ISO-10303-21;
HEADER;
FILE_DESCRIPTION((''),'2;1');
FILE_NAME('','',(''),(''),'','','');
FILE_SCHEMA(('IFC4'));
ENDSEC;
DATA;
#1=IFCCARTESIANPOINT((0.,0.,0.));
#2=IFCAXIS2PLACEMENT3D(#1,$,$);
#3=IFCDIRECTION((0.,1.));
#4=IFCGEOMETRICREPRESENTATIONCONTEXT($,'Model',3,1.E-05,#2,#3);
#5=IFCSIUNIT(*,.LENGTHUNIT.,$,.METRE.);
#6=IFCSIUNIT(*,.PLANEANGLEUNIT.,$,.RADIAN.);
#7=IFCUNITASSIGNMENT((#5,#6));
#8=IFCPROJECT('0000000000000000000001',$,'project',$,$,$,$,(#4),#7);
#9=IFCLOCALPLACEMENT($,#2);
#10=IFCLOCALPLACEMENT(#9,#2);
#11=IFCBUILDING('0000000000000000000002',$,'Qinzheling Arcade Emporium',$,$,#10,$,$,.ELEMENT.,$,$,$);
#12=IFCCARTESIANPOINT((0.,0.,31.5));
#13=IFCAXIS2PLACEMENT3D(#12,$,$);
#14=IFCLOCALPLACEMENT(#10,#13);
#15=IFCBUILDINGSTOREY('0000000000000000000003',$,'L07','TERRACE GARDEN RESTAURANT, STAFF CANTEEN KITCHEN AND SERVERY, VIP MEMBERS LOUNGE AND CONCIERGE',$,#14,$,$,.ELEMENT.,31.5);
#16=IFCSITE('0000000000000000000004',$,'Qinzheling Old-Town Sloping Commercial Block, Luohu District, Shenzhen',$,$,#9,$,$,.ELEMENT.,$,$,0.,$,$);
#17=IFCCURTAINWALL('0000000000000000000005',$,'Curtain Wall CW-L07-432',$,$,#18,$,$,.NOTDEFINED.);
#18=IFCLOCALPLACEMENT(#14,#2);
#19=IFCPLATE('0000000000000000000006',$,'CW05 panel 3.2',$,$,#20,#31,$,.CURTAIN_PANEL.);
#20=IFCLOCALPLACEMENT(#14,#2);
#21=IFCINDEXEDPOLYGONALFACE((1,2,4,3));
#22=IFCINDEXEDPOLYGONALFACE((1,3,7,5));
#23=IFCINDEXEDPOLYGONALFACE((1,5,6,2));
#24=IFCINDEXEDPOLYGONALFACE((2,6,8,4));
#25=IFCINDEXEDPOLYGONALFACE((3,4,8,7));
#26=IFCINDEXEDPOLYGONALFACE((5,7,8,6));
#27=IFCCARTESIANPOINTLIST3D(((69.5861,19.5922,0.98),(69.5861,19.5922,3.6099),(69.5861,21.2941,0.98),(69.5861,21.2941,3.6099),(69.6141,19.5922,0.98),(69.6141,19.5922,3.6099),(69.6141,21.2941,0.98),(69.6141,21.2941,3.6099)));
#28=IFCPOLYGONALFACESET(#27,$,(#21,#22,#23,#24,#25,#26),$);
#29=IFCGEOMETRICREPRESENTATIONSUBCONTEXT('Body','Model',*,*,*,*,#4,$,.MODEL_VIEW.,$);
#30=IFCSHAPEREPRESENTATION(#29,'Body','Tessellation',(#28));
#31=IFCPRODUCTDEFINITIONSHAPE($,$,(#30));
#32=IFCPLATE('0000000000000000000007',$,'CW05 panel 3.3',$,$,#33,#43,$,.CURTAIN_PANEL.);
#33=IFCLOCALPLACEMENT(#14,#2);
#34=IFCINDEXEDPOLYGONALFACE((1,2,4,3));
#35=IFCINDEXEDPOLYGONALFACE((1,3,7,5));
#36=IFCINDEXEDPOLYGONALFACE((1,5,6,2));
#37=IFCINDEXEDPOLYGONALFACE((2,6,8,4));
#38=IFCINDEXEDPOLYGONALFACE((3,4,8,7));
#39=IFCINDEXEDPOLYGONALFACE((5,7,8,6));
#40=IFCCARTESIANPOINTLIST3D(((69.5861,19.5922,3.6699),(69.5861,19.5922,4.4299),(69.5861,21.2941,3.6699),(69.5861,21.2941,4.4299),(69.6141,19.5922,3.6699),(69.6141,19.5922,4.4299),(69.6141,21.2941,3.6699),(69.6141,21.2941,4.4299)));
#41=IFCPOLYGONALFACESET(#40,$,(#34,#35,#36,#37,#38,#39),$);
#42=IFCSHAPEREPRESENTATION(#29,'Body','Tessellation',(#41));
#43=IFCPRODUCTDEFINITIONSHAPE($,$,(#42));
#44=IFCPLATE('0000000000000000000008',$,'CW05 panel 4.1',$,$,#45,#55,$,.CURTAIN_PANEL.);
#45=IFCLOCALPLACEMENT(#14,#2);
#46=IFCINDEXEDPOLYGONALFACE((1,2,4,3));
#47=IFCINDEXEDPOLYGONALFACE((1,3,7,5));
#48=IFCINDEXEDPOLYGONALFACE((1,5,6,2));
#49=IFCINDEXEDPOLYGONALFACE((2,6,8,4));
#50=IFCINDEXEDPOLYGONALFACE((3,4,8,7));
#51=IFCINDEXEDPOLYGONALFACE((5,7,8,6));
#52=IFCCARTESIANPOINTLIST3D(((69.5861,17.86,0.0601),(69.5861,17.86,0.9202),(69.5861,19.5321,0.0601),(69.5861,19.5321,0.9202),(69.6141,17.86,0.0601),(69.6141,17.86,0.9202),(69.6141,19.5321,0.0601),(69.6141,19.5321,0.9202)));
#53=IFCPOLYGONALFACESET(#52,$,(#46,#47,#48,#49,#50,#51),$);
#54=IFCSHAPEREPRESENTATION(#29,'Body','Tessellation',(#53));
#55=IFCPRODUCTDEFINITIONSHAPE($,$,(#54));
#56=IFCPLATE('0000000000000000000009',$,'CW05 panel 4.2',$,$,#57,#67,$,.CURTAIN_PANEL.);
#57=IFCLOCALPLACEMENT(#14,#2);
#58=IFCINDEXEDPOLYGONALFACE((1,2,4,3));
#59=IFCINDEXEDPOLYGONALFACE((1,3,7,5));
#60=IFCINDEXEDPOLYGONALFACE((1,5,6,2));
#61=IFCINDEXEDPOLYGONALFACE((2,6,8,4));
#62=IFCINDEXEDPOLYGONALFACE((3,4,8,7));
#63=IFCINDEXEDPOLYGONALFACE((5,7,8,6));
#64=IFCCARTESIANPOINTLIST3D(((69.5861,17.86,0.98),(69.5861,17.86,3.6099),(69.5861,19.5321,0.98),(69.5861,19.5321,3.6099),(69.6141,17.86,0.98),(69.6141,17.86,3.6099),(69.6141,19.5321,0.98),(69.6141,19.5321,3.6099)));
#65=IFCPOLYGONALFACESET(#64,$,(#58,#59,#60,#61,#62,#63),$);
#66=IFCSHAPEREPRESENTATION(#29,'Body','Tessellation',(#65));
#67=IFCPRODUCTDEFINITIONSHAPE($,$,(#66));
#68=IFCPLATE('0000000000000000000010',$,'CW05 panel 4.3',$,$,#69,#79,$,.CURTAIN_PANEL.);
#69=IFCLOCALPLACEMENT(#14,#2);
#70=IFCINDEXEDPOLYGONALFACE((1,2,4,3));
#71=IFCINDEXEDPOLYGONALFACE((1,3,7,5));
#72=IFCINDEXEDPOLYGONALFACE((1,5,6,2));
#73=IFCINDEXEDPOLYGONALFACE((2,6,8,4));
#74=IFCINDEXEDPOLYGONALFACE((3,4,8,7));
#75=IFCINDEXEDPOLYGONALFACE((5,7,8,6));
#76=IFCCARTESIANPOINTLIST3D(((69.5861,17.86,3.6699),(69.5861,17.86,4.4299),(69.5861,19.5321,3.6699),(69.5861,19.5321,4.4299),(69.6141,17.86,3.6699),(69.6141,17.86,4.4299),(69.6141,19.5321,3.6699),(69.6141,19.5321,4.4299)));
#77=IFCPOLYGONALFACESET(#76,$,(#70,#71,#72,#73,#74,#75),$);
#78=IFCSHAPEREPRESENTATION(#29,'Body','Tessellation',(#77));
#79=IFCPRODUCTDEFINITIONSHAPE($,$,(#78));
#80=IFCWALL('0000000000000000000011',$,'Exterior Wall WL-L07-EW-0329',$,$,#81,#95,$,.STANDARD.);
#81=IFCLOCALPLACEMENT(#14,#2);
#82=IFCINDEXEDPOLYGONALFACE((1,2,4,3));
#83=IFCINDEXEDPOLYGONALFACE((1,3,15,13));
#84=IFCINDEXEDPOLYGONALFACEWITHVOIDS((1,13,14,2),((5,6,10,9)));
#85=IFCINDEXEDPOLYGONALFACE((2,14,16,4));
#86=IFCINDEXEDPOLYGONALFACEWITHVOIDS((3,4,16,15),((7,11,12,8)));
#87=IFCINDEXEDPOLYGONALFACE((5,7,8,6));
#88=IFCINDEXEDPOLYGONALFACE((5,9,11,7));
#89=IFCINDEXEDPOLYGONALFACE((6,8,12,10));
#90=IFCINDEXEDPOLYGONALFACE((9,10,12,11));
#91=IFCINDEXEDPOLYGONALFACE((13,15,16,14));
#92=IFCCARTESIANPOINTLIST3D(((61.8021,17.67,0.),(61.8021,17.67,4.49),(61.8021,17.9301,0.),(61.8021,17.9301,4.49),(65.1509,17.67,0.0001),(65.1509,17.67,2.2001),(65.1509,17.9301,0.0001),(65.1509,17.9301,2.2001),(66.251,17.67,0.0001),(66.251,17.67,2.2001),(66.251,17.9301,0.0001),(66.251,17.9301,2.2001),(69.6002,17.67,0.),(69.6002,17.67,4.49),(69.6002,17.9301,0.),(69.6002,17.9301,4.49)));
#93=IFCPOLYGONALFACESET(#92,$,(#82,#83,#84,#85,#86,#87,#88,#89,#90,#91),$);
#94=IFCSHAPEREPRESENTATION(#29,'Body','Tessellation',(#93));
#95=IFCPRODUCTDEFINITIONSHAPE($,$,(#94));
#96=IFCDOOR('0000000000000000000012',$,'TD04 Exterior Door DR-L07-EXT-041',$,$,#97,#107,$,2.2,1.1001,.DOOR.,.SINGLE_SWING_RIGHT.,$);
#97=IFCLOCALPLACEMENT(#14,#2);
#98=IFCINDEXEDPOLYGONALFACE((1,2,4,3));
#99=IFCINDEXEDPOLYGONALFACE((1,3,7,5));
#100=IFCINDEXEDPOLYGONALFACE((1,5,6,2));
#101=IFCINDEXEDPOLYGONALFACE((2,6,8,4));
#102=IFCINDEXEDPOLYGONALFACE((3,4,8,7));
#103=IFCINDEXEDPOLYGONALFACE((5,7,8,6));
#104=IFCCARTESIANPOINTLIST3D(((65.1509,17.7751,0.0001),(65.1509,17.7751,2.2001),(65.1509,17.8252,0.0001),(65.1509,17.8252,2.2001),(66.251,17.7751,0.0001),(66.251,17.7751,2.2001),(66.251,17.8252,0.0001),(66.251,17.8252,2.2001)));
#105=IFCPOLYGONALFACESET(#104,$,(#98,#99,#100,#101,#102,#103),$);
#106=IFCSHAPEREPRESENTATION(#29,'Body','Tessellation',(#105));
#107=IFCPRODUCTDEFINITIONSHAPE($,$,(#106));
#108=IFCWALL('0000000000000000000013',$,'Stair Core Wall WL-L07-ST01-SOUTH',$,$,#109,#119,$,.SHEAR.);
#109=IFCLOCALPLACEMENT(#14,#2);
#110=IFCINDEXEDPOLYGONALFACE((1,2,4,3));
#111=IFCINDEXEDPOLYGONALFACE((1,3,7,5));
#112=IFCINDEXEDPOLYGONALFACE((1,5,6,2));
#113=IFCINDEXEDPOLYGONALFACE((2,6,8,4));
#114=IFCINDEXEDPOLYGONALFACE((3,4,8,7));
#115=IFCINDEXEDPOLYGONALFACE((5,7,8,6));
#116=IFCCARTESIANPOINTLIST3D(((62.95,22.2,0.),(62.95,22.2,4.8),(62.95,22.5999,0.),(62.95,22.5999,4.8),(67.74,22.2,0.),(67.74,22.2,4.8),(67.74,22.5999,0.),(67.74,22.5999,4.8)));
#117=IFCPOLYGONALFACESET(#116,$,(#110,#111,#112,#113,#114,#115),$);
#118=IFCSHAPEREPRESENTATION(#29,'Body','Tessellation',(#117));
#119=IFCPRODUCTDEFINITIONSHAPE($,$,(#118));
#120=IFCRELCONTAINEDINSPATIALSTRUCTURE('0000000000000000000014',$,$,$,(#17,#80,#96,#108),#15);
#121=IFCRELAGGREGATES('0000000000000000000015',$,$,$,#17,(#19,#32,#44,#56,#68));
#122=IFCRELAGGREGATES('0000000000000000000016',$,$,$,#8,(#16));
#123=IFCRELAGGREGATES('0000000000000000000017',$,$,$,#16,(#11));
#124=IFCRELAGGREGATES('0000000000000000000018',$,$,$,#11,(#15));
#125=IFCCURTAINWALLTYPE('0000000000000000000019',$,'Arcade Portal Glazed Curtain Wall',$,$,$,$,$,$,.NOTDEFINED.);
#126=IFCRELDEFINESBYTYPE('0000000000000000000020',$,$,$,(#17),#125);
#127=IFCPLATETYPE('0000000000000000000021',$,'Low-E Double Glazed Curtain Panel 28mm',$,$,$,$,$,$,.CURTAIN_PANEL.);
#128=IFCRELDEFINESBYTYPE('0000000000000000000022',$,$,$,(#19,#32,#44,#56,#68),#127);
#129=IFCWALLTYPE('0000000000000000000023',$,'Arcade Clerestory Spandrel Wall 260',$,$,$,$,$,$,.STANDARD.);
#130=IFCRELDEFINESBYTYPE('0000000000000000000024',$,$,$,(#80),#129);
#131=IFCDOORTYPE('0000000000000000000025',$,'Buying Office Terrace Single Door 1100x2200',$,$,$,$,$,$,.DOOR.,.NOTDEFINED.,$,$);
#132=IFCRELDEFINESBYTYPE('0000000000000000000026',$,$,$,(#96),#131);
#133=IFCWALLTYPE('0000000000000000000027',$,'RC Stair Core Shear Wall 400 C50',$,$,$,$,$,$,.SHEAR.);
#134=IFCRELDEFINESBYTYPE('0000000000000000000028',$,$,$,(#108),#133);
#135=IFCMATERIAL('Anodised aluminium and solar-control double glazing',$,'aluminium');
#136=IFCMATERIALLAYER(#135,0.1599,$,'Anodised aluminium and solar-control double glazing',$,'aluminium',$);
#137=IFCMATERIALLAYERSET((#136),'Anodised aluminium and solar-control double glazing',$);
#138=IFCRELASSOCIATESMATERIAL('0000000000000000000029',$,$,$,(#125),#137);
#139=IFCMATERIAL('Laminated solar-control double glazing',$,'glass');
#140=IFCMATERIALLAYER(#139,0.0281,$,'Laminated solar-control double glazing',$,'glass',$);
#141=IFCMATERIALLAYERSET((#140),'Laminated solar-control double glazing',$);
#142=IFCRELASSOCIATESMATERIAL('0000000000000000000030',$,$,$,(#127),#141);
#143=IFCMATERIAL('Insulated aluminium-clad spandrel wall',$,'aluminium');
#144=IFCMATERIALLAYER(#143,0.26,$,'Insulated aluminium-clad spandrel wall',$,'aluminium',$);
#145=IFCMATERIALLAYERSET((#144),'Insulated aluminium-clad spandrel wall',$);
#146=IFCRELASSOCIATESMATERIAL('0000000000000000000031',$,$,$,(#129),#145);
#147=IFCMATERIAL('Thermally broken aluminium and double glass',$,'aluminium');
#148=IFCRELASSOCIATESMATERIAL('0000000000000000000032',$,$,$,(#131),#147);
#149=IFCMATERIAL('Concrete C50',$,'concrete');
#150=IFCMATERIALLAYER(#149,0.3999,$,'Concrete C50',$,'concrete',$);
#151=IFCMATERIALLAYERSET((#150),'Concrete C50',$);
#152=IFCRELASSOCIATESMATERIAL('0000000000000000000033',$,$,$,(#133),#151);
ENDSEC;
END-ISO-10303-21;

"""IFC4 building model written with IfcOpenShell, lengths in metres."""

from ifc_helpers import new_model, si_unit, direction, frame, frame_2d, origin, origin_2d, place, context, subcontext, project, spatial, rectangle, extrude, material, layer, layer_set, type_object, element, fill, aggregate, save


model = new_model("IFC4")

# Units and contexts
model_context = context("Model", 3, precision=1e-05, world=origin(), true_north=direction((0.0, 1.0)))
body_context = subcontext(model_context, "Body", "Model", "MODEL_VIEW")
ifc_project = project(units=[si_unit("LENGTHUNIT", "METRE"), si_unit("PLANEANGLEUNIT", "RADIAN")], contexts=[model_context])

# Site, building, storey
site_placement = place(None, origin())
site = spatial("IfcSite", under=ifc_project, at=site_placement, Name="Qinzheling Old-Town Sloping Commercial Block, Luohu District, Shenzhen", CompositionType="ELEMENT", RefElevation=0.0)
building_placement = place(site_placement, origin())
building = spatial("IfcBuilding", under=site, at=building_placement, Name="Qinzheling Arcade Emporium", CompositionType="ELEMENT")
storey_placement = place(building_placement, frame((0.0, 0.0, 31.5)))
storey = spatial("IfcBuildingStorey", under=building, at=storey_placement, Name="L07", Description="TERRACE GARDEN RESTAURANT, STAFF CANTEEN KITCHEN AND SERVERY, VIP MEMBERS LOUNGE AND CONCIERGE", CompositionType="ELEMENT", Elevation=31.5)

# Curtain wall, plates
ifc_material_1 = material(Name="Anodised aluminium and solar-control double glazing", Category="aluminium")
ifc_layer_1 = layer(ifc_material_1, 0.1599, Name="Anodised aluminium and solar-control double glazing", Category="aluminium")
ifc_layer_set_1 = layer_set([ifc_layer_1], Name="Anodised aluminium and solar-control double glazing")
curtain_wall_type = type_object("IfcCurtainWallType", Name="Arcade Portal Glazed Curtain Wall", PredefinedType="NOTDEFINED", material=ifc_layer_set_1)
curtain_wall_placement = place(storey_placement, origin())
curtain_wall = element("IfcCurtainWall", 1, at=curtain_wall_placement, inside=storey, type_object=curtain_wall_type, Name="Curtain Wall CW-L07-432", PredefinedType="NOTDEFINED")
ifc_material_2 = material(Name="Laminated solar-control double glazing", Category="glass")
ifc_layer_2 = layer(ifc_material_2, 0.0281, Name="Laminated solar-control double glazing", Category="glass")
ifc_layer_set_2 = layer_set([ifc_layer_2], Name="Laminated solar-control double glazing")
plate_type = type_object("IfcPlateType", Name="Low-E Double Glazed Curtain Panel 28mm", PredefinedType="CURTAIN_PANEL", material=ifc_layer_set_2)
plate_1_placement = place(storey_placement, frame((69.6001, 20.4431, 0.98), z_axis=(0.0, 0.0, 1.0), x_axis=(0.0, -1.0, 0.0)))
plate_1 = element("IfcPlate", 2, at=plate_1_placement, type_object=plate_type, Name="CW05 panel 3.2", PredefinedType="CURTAIN_PANEL", context=body_context, shape_type="SweptSolid", body=[
    extrude(rectangle(XDim=1.7019, YDim=0.0281, at=origin_2d()), origin(), (0.0, 0.0, 1.0), 2.6299),
])
plate_2_placement = place(storey_placement, frame((69.6001, 20.4431, 3.6699), z_axis=(0.0, 0.0, 1.0), x_axis=(0.0, -1.0, 0.0)))
plate_2 = element("IfcPlate", 3, at=plate_2_placement, type_object=plate_type, Name="CW05 panel 3.3", PredefinedType="CURTAIN_PANEL", context=body_context, shape_type="SweptSolid", body=[
    extrude(rectangle(XDim=1.7019, YDim=0.0281, at=origin_2d()), origin(), (0.0, 0.0, 1.0), 0.76),
])
plate_3_placement = place(storey_placement, frame((69.6001, 18.696, 0.0601), z_axis=(0.0, 0.0, 1.0), x_axis=(0.0, -1.0, 0.0)))
plate_3 = element("IfcPlate", 4, at=plate_3_placement, type_object=plate_type, Name="CW05 panel 4.1", PredefinedType="CURTAIN_PANEL", context=body_context, shape_type="SweptSolid", body=[
    extrude(rectangle(XDim=1.6721, YDim=0.0281, at=origin_2d()), origin(), (0.0, 0.0, 1.0), 0.8601),
])
plate_4_placement = place(storey_placement, frame((69.6001, 18.696, 0.98), z_axis=(0.0, 0.0, 1.0), x_axis=(0.0, -1.0, 0.0)))
plate_4 = element("IfcPlate", 5, at=plate_4_placement, type_object=plate_type, Name="CW05 panel 4.2", PredefinedType="CURTAIN_PANEL", context=body_context, shape_type="SweptSolid", body=[
    extrude(rectangle(XDim=1.6721, YDim=0.0281, at=origin_2d()), origin(), (0.0, 0.0, 1.0), 2.6299),
])
plate_5_placement = place(storey_placement, frame((69.6001, 18.696, 3.6699), z_axis=(0.0, 0.0, 1.0), x_axis=(0.0, -1.0, 0.0)))
plate_5 = element("IfcPlate", 6, at=plate_5_placement, type_object=plate_type, Name="CW05 panel 4.3", PredefinedType="CURTAIN_PANEL", context=body_context, shape_type="SweptSolid", body=[
    extrude(rectangle(XDim=1.6721, YDim=0.0281, at=origin_2d()), origin(), (0.0, 0.0, 1.0), 0.76),
])
aggregate(curtain_wall, [plate_1, plate_2, plate_3, plate_4, plate_5])

# Wall, opening, door
ifc_material_3 = material(Name="Insulated aluminium-clad spandrel wall", Category="aluminium")
ifc_layer_3 = layer(ifc_material_3, 0.26, Name="Insulated aluminium-clad spandrel wall", Category="aluminium")
ifc_layer_set_3 = layer_set([ifc_layer_3], Name="Insulated aluminium-clad spandrel wall")
wall_type_1 = type_object("IfcWallType", Name="Arcade Clerestory Spandrel Wall 260", PredefinedType="STANDARD", material=ifc_layer_set_3)
wall_1_placement = place(storey_placement, frame((69.6001, 17.8, 0.0), z_axis=(0.0, 0.0, 1.0), x_axis=(-1.0, 0.0, 0.0)))
wall_1 = element("IfcWall", 7, at=wall_1_placement, inside=storey, type_object=wall_type_1, Name="Exterior Wall WL-L07-EW-0329", PredefinedType="STANDARD", context=body_context, shape_type="SweptSolid", body=[
    extrude(rectangle(XDim=7.7981, YDim=0.26, at=frame_2d((3.8989, 0.0))), origin(), (0.0, 0.0, 1.0), 4.49),
])
opening_placement = place(wall_1_placement, frame((3.3491, 0.0, 0.0)))
opening = element("IfcOpeningElement", 8, at=opening_placement, cuts=wall_1, PredefinedType="OPENING", context=body_context, shape_type="SweptSolid", body=[
    extrude(rectangle(XDim=1.1001, YDim=2.2, at=frame_2d((0.55, 1.1001))), frame((0.0, 0.1401, 0.0), z_axis=(0.0, -1.0, 0.0), x_axis=(1.0, 0.0, 0.0)), (0.0, 0.0, 1.0), 0.28),
])
ifc_material_4 = material(Name="Thermally broken aluminium and double glass", Category="aluminium")
door_type = type_object("IfcDoorType", Name="Buying Office Terrace Single Door 1100x2200", OperationType="NOTDEFINED", PredefinedType="DOOR", material=ifc_material_4)
door_placement = place(opening_placement, origin())
door = element("IfcDoor", 9, at=door_placement, inside=storey, type_object=door_type, Name="TD04 Exterior Door DR-L07-EXT-041", OperationType="SINGLE_SWING_RIGHT", OverallHeight=2.2, OverallWidth=1.1001, PredefinedType="DOOR", context=body_context, shape_type="SweptSolid", body=[
    extrude(rectangle(XDim=1.1001, YDim=2.2, at=frame_2d((0.55, 1.1001))), frame((0.0, 0.0249, 0.0), z_axis=(0.0, -1.0, 0.0), x_axis=(1.0, 0.0, 0.0)), (0.0, 0.0, 1.0), 0.05),
])
fill(opening, door)

# Wall
ifc_material_5 = material(Name="Concrete C50", Category="concrete")
ifc_layer_4 = layer(ifc_material_5, 0.3999, Name="Concrete C50", Category="concrete")
ifc_layer_set_4 = layer_set([ifc_layer_4], Name="Concrete C50")
wall_type_2 = type_object("IfcWallType", Name="RC Stair Core Shear Wall 400 C50", PredefinedType="SHEAR", material=ifc_layer_set_4)
wall_2_placement = place(storey_placement, frame((67.74, 22.3999, 0.0), z_axis=(0.0, 0.0, 1.0), x_axis=(-1.0, 0.0, 0.0)))
element("IfcWall", 10, at=wall_2_placement, inside=storey, type_object=wall_type_2, Name="Stair Core Wall WL-L07-ST01-SOUTH", PredefinedType="SHEAR", context=body_context, shape_type="SweptSolid", body=[
    extrude(rectangle(XDim=4.79, YDim=0.3999, at=frame_2d((2.395, 0.0))), origin(), (0.0, 0.0, 1.0), 4.8),
])

save(model, "model.ifc")
